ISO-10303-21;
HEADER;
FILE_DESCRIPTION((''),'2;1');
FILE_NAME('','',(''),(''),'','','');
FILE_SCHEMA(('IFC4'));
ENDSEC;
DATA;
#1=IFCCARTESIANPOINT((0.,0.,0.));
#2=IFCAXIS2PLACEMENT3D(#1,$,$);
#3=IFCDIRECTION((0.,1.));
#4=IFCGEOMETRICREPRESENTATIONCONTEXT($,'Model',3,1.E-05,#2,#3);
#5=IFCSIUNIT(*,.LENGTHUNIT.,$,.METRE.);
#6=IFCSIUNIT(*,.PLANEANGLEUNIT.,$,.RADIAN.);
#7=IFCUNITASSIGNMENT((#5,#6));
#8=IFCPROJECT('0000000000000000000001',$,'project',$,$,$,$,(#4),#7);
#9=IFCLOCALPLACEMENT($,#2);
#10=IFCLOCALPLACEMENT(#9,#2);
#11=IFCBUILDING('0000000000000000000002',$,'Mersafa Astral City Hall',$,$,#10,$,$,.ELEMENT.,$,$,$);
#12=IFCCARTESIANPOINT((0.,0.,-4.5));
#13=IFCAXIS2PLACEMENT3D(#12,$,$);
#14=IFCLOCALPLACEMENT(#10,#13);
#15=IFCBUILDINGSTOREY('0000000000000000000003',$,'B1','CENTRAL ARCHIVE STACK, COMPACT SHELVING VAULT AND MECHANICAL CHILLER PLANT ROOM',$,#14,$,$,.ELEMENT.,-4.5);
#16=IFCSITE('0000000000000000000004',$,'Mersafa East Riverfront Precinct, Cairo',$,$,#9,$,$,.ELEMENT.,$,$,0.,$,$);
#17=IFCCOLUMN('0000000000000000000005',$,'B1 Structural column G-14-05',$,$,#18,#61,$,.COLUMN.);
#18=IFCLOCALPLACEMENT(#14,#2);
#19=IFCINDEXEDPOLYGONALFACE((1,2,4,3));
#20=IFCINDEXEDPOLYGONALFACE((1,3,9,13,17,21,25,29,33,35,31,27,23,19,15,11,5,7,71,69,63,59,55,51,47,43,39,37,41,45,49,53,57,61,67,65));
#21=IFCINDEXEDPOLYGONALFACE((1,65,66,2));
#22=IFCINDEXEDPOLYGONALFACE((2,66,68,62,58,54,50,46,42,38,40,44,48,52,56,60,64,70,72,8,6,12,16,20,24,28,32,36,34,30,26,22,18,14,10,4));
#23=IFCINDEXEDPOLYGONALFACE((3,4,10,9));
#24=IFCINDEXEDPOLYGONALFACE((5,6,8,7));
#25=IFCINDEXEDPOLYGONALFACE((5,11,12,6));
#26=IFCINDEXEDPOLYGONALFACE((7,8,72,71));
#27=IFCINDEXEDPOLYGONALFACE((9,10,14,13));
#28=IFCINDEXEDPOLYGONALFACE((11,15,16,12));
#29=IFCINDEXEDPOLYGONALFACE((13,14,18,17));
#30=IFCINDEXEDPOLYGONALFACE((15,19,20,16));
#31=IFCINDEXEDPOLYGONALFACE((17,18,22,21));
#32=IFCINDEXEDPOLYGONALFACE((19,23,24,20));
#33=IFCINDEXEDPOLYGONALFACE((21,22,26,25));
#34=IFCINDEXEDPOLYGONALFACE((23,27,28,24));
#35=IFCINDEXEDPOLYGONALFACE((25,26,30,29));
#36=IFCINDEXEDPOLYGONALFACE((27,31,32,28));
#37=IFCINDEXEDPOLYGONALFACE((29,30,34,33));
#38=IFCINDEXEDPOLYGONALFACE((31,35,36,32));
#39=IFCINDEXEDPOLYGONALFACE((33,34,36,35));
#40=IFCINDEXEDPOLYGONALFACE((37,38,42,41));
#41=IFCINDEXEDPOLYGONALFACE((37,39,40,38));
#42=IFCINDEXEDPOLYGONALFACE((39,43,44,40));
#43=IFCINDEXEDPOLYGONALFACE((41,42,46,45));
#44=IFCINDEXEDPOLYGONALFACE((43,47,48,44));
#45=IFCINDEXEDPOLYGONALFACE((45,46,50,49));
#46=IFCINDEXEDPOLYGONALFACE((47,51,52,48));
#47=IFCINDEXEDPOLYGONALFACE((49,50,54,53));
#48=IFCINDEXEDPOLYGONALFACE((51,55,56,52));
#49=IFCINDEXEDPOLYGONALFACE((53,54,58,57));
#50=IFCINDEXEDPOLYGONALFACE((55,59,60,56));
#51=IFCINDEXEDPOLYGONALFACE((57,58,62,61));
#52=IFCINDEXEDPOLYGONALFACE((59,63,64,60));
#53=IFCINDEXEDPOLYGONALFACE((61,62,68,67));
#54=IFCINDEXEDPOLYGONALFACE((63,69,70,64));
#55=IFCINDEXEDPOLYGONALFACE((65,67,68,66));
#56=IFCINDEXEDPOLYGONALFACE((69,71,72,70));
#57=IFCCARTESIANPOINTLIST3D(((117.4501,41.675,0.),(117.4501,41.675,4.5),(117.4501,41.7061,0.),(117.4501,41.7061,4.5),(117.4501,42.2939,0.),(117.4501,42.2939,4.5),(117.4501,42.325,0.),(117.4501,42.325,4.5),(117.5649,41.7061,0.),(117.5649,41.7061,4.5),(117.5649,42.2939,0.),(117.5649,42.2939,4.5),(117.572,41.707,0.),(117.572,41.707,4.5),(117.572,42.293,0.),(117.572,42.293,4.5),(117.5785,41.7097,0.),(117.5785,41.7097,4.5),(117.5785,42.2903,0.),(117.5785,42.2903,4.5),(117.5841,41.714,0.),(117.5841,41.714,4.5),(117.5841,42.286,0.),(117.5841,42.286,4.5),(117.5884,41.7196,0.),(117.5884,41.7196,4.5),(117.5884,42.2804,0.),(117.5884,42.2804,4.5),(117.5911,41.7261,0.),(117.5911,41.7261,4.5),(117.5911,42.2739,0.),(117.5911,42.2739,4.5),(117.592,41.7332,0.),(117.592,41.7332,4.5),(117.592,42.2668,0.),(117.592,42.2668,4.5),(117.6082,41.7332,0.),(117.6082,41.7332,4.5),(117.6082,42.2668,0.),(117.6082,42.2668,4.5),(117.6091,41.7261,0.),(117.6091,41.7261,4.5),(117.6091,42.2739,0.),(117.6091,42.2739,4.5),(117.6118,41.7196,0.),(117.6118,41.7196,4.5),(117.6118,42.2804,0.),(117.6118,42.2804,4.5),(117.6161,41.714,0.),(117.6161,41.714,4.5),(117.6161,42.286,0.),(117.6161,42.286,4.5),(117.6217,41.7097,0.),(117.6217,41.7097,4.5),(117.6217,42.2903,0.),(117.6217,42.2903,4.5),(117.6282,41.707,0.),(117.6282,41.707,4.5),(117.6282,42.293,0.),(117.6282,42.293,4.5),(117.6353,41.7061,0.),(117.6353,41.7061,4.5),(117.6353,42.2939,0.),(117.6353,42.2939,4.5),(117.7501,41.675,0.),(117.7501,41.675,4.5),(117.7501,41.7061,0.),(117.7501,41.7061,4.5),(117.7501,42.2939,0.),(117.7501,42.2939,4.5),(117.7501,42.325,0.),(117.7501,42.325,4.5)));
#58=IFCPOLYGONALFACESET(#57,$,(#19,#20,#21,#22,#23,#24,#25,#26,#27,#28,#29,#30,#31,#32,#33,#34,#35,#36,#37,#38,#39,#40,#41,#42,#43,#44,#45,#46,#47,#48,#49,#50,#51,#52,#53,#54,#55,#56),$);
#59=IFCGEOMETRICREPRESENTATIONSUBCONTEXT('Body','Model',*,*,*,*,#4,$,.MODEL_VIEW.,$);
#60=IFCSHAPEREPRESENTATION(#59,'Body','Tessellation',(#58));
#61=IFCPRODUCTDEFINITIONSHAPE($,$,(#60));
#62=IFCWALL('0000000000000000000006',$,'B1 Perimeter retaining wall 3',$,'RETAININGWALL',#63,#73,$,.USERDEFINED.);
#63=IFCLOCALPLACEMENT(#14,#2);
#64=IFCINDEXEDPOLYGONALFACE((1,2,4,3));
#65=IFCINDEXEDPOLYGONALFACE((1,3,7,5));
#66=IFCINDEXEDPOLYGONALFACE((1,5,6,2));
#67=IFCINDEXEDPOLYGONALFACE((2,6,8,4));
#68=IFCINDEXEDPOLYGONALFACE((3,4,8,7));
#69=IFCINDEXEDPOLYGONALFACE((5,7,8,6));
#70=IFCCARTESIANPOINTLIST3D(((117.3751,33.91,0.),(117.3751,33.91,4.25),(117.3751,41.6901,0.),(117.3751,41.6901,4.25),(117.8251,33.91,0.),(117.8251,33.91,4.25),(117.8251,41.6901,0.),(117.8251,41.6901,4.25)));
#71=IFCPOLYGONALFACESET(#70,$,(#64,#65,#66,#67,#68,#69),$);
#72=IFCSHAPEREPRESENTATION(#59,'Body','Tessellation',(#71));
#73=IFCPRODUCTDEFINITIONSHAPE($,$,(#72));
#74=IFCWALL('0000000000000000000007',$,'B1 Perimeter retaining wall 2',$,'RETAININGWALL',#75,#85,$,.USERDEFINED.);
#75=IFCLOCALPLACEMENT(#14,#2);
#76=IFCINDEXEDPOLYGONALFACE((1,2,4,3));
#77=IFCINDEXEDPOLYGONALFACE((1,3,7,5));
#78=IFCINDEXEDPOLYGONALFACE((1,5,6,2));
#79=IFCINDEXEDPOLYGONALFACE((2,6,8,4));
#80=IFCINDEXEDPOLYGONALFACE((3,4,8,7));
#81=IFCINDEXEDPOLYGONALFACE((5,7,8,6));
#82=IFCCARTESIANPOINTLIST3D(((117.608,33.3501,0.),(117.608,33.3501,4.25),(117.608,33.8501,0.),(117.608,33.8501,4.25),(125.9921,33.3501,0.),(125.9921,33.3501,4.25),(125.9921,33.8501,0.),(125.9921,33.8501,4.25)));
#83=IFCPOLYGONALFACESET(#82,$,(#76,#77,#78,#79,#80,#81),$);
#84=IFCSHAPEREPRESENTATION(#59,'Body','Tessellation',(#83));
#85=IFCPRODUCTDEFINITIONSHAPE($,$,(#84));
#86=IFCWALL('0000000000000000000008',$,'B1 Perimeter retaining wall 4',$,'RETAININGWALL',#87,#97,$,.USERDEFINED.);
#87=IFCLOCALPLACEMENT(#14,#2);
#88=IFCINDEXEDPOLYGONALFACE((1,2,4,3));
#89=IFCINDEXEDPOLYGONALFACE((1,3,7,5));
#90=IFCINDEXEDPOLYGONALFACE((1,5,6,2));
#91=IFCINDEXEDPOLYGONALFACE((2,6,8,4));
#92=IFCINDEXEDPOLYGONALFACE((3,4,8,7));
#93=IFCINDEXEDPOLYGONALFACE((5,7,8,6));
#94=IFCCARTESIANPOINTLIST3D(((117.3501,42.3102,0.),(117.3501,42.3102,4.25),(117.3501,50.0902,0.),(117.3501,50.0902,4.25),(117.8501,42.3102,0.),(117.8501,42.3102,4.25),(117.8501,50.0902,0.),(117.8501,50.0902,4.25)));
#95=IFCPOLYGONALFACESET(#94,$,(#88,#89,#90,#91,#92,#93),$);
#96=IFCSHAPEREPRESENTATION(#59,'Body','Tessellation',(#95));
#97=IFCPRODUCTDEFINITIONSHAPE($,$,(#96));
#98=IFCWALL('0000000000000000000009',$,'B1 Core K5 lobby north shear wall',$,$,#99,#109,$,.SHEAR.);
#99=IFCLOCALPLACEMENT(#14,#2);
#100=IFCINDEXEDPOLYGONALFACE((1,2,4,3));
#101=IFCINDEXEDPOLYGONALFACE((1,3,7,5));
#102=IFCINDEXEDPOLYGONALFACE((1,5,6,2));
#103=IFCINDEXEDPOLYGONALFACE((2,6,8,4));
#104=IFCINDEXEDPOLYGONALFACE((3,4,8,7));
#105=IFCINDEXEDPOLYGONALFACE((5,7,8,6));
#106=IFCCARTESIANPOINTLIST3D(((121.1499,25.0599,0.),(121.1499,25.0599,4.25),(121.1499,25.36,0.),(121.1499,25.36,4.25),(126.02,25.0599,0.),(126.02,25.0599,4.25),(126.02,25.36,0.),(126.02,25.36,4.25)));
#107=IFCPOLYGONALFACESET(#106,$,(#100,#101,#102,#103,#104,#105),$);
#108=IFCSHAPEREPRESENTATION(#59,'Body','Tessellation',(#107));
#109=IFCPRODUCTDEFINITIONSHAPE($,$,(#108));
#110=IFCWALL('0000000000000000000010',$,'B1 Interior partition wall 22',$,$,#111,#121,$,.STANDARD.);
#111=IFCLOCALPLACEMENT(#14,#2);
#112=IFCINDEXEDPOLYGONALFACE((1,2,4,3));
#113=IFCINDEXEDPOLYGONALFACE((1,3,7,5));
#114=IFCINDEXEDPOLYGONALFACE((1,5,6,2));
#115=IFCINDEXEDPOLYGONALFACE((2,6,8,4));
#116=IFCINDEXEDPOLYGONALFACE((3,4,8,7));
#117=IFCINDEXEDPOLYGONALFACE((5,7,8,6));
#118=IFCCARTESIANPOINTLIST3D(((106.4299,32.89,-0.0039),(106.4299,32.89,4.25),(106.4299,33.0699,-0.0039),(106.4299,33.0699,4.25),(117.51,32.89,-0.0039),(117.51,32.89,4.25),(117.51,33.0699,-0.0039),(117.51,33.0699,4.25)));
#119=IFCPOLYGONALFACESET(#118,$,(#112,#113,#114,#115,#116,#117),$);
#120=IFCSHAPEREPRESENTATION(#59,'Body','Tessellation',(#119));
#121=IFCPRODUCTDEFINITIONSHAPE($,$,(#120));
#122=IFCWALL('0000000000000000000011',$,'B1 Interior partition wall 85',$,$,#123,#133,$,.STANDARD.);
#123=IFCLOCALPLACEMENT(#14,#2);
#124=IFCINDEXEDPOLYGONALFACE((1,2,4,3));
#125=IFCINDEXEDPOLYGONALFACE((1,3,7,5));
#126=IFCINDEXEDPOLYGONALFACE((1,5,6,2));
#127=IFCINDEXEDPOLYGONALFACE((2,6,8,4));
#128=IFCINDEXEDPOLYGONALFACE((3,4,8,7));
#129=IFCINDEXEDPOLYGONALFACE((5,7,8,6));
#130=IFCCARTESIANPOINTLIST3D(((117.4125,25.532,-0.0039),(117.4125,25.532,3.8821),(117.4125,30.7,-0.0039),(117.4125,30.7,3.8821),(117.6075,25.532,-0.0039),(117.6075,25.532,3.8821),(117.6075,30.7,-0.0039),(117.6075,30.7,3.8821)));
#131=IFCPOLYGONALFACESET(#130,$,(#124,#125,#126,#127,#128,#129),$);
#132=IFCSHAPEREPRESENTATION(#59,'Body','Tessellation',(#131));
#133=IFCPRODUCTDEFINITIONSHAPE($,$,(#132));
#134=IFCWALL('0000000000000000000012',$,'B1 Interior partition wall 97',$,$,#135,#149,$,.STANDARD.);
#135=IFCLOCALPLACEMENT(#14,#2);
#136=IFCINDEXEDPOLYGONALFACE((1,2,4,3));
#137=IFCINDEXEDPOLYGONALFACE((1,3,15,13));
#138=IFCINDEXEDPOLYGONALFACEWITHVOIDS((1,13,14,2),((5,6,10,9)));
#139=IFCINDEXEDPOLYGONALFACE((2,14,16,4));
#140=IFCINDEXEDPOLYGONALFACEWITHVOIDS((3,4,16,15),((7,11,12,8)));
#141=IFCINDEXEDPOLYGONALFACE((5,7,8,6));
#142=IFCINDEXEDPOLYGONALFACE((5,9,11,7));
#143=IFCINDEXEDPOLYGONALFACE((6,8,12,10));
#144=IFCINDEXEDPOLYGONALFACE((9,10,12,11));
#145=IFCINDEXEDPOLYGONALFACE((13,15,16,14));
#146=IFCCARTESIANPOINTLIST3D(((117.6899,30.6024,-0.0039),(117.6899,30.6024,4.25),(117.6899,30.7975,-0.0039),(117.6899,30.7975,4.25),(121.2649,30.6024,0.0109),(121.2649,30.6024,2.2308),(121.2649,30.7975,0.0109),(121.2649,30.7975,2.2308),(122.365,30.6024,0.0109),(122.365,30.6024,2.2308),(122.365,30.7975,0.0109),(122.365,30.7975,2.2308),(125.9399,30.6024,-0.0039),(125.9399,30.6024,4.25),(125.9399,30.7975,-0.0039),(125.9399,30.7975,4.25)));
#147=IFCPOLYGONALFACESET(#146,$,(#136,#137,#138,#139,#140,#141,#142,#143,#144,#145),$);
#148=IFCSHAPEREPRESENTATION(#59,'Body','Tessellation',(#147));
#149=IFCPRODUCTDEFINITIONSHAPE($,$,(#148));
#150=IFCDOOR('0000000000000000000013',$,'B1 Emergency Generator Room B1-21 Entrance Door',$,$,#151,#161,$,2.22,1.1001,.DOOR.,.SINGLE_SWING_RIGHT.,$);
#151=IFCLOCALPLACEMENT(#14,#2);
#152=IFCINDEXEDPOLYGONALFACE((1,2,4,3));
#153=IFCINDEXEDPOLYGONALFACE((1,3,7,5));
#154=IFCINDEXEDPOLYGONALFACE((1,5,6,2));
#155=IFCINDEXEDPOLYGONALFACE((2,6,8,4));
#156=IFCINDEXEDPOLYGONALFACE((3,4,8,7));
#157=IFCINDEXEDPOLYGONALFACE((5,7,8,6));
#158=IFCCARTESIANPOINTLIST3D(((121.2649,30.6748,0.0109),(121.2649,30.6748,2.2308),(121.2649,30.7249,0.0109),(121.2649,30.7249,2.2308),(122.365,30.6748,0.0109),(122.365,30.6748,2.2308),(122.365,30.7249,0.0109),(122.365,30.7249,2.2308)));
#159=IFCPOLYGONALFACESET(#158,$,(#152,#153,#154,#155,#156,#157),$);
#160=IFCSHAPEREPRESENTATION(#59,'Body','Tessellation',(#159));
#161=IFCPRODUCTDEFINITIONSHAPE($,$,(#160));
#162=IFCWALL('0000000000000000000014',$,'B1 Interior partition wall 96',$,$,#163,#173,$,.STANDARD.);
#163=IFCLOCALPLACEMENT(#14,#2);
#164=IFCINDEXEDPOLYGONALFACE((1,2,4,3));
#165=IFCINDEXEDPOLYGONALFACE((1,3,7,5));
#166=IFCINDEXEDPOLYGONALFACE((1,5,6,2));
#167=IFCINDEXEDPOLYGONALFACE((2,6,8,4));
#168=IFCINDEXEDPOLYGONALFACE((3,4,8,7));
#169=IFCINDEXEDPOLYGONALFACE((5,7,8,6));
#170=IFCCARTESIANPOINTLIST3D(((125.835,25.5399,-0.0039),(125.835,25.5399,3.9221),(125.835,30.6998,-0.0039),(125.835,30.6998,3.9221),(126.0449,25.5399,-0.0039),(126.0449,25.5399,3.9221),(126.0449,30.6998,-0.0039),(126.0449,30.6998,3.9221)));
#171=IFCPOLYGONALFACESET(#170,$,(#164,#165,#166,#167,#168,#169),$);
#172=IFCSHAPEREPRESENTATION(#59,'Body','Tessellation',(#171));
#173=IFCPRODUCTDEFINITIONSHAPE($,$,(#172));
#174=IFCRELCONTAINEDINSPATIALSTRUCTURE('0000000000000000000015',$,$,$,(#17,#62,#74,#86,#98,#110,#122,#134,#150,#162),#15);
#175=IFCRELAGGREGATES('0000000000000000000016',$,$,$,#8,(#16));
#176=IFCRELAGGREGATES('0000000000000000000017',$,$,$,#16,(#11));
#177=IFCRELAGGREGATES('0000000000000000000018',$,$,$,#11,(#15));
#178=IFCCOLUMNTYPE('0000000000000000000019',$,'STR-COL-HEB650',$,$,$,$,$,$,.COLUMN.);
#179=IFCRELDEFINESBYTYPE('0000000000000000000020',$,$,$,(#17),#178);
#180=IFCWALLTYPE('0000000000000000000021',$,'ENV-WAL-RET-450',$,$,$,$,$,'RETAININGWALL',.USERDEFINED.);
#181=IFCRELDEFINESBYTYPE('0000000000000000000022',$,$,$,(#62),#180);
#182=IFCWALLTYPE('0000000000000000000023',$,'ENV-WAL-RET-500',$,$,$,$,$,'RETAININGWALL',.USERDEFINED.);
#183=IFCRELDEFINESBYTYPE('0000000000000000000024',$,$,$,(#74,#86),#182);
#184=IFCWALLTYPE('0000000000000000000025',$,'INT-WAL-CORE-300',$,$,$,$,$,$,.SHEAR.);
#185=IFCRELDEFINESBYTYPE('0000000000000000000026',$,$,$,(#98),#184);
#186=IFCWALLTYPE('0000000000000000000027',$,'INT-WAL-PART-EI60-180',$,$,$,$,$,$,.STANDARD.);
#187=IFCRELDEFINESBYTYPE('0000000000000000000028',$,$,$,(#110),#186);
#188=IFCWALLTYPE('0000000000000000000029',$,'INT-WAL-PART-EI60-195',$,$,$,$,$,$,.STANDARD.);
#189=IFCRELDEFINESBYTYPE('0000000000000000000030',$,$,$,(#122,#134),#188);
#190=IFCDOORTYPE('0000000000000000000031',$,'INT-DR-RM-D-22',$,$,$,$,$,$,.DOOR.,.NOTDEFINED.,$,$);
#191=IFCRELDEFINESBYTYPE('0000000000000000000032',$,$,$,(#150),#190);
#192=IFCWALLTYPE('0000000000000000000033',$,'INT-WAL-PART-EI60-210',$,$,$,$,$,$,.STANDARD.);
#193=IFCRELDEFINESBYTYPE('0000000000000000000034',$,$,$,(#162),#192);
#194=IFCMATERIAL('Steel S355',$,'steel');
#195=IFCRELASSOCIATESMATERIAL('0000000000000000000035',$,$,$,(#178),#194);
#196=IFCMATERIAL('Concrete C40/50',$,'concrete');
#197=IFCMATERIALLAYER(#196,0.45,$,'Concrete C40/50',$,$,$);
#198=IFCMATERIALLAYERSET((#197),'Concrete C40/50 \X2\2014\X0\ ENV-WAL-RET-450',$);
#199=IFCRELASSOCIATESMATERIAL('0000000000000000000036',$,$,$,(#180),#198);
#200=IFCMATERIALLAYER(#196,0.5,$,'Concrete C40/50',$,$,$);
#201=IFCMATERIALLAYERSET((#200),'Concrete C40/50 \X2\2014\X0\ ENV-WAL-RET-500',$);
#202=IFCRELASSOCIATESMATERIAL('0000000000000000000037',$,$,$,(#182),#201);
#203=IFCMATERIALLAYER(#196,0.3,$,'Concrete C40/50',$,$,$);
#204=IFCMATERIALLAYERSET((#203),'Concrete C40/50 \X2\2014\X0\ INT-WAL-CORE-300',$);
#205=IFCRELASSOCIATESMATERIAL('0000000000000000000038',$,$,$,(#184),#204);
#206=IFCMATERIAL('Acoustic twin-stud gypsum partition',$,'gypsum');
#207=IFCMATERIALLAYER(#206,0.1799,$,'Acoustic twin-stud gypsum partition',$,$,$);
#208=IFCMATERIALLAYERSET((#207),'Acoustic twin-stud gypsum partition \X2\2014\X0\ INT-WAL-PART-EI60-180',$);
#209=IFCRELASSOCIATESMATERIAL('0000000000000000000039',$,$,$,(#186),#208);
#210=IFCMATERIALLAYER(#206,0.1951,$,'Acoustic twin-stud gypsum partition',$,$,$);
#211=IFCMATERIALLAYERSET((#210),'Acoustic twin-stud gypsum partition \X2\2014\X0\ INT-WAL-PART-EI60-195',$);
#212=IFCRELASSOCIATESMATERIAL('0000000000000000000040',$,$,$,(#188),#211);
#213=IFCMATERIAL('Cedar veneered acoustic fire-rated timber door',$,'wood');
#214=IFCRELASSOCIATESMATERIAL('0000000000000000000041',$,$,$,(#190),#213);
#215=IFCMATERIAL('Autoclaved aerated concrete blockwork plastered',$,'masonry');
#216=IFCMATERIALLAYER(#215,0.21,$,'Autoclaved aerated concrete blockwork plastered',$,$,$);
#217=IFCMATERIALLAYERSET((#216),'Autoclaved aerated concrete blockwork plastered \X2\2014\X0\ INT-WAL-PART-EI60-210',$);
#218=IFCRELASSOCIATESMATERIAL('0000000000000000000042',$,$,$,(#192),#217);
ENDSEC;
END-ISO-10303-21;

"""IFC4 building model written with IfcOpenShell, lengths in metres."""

from ifc_helpers import new_model, si_unit, direction, frame, frame_2d, origin, origin_2d, place, context, subcontext, project, spatial, rectangle, i_section, extrude, material, layer, layer_set, material_profile, profile_set, type_object, element, fill, save


model = new_model("IFC4")

# Units and contexts
model_context = context("Model", 3, precision=1e-05, world=origin(), true_north=direction((0.0, 1.0)))
body_context = subcontext(model_context, "Body", "Model", "MODEL_VIEW")
ifc_project = project(units=[si_unit("LENGTHUNIT", "METRE"), si_unit("PLANEANGLEUNIT", "RADIAN")], contexts=[model_context])

# Site, building, storey
site_placement = place(None, origin())
site = spatial("IfcSite", under=ifc_project, at=site_placement, Name="Mersafa East Riverfront Precinct, Cairo", CompositionType="ELEMENT", RefElevation=0.0)
building_placement = place(site_placement, origin())
building = spatial("IfcBuilding", under=site, at=building_placement, Name="Mersafa Astral City Hall", CompositionType="ELEMENT")
storey_placement = place(building_placement, frame((0.0, 0.0, -4.5)))
storey = spatial("IfcBuildingStorey", under=building, at=storey_placement, Name="B1", Description="CENTRAL ARCHIVE STACK, COMPACT SHELVING VAULT AND MECHANICAL CHILLER PLANT ROOM", CompositionType="ELEMENT", Elevation=-4.5)

# Shared definitions
ifc_material_1 = material(Name="Concrete C40/50", Category="concrete")

# Column
ifc_material_2 = material(Name="Steel S355", Category="steel")
ifc_material_profile_1 = material_profile(ifc_material_2, i_section(OverallWidth=0.3, OverallDepth=0.6499, WebThickness=0.0161, FlangeThickness=0.031, FilletRadius=0.0271, at=origin_2d()), Name="HEB 650")
ifc_profile_set_1 = profile_set([ifc_material_profile_1], Name="Steel S355")
column_type_1 = type_object("IfcColumnType", Name="STR-COL-HEB650", PredefinedType="COLUMN", material=ifc_profile_set_1)
for number, where, z_axis, x_axis, name in (
    (1, (117.6001, 42.0, 0.0), (0.0, 0.0, 1.0), (1.0, 0.0, 0.0), "B1 Structural column G-14-05"),
):
    element("IfcColumn", number, at=place(storey_placement, frame(where, z_axis=z_axis, x_axis=x_axis)), inside=storey, type_object=column_type_1, Name=name, PredefinedType="COLUMN", context=body_context, shape_type="SweptSolid", body=[
        extrude(i_section(OverallWidth=0.3, OverallDepth=0.6499, WebThickness=0.0161, FlangeThickness=0.031, FilletRadius=0.0271, at=origin_2d()), origin(), (0.0, 0.0, 1.0), 4.5),
    ])

# Walls
ifc_layer_1 = layer(ifc_material_1, 0.45, Name="Concrete C40/50")
ifc_layer_set_1 = layer_set([ifc_layer_1], Name="Concrete C40/50 — ENV-WAL-RET-450")
wall_type_1 = type_object("IfcWallType", Name="ENV-WAL-RET-450", ElementType="RETAININGWALL", PredefinedType="USERDEFINED", material=ifc_layer_set_1)
wall_1_placement = place(storey_placement, frame((117.6001, 33.9099, 0.0), z_axis=(0.0, 0.0, 1.0), x_axis=(0.0, 1.0, 0.0)))
element("IfcWall", 2, at=wall_1_placement, inside=storey, type_object=wall_type_1, Name="B1 Perimeter retaining wall 3", ObjectType="RETAININGWALL", PredefinedType="USERDEFINED", context=body_context, shape_type="SweptSolid", body=[
    extrude(rectangle(XDim=7.78, YDim=0.45, at=frame_2d((3.8901, 0.0))), origin(), (0.0, 0.0, 1.0), 4.25),
])
ifc_layer_2 = layer(ifc_material_1, 0.5, Name="Concrete C40/50")
ifc_layer_set_2 = layer_set([ifc_layer_2], Name="Concrete C40/50 — ENV-WAL-RET-500")
wall_type_2 = type_object("IfcWallType", Name="ENV-WAL-RET-500", ElementType="RETAININGWALL", PredefinedType="USERDEFINED", material=ifc_layer_set_2)
wall_2_placement = place(storey_placement, frame((125.9919, 33.6001, 0.0), z_axis=(0.0, 0.0, 1.0), x_axis=(-1.0, 0.0, 0.0)))
element("IfcWall", 3, at=wall_2_placement, inside=storey, type_object=wall_type_2, Name="B1 Perimeter retaining wall 2", ObjectType="RETAININGWALL", PredefinedType="USERDEFINED", context=body_context, shape_type="SweptSolid", body=[
    extrude(rectangle(XDim=8.384, YDim=0.5, at=frame_2d((4.1919, 0.0))), origin(), (0.0, 0.0, 1.0), 4.25),
])
wall_3_placement = place(storey_placement, frame((117.6001, 42.3101, 0.0), z_axis=(0.0, 0.0, 1.0), x_axis=(0.0, 1.0, 0.0)))
element("IfcWall", 4, at=wall_3_placement, inside=storey, type_object=wall_type_2, Name="B1 Perimeter retaining wall 4", ObjectType="RETAININGWALL", PredefinedType="USERDEFINED", context=body_context, shape_type="SweptSolid", body=[
    extrude(rectangle(XDim=7.78, YDim=0.5, at=frame_2d((3.8901, 0.0))), origin(), (0.0, 0.0, 1.0), 4.25),
])
ifc_layer_3 = layer(ifc_material_1, 0.3, Name="Concrete C40/50")
ifc_layer_set_3 = layer_set([ifc_layer_3], Name="Concrete C40/50 — INT-WAL-CORE-300")
wall_type_3 = type_object("IfcWallType", Name="INT-WAL-CORE-300", PredefinedType="SHEAR", material=ifc_layer_set_3)
wall_4_placement = place(storey_placement, frame((121.1499, 25.21, 0.0), z_axis=(0.0, 0.0, 1.0), x_axis=(1.0, 0.0, 0.0)))
element("IfcWall", 5, at=wall_4_placement, inside=storey, type_object=wall_type_3, Name="B1 Core K5 lobby north shear wall", PredefinedType="SHEAR", context=body_context, shape_type="SweptSolid", body=[
    extrude(rectangle(XDim=4.8701, YDim=0.3, at=frame_2d((2.4351, 0.0))), origin(), (0.0, 0.0, 1.0), 4.25),
])
ifc_material_3 = material(Name="Acoustic twin-stud gypsum partition", Category="gypsum")
ifc_layer_4 = layer(ifc_material_3, 0.1799, Name="Acoustic twin-stud gypsum partition")
ifc_layer_set_4 = layer_set([ifc_layer_4], Name="Acoustic twin-stud gypsum partition — INT-WAL-PART-EI60-180")
wall_type_4 = type_object("IfcWallType", Name="INT-WAL-PART-EI60-180", PredefinedType="STANDARD", material=ifc_layer_set_4)
wall_5_placement = place(storey_placement, frame((117.51, 32.98, -0.0039), z_axis=(0.0, 0.0, 1.0), x_axis=(-1.0, 0.0, 0.0)))
element("IfcWall", 6, at=wall_5_placement, inside=storey, type_object=wall_type_4, Name="B1 Interior partition wall 22", PredefinedType="STANDARD", context=body_context, shape_type="SweptSolid", body=[
    extrude(rectangle(XDim=11.0801, YDim=0.1799, at=frame_2d((5.54, 0.0))), origin(), (0.0, 0.0, 1.0), 4.2539),
])
ifc_layer_5 = layer(ifc_material_3, 0.1951, Name="Acoustic twin-stud gypsum partition")
ifc_layer_set_5 = layer_set([ifc_layer_5], Name="Acoustic twin-stud gypsum partition — INT-WAL-PART-EI60-195")
wall_type_5 = type_object("IfcWallType", Name="INT-WAL-PART-EI60-195", PredefinedType="STANDARD", material=ifc_layer_set_5)
wall_6_placement = place(storey_placement, frame((117.51, 30.7, -0.0039), z_axis=(0.0, 0.0, 1.0), x_axis=(0.0, -1.0, 0.0)))
element("IfcWall", 7, at=wall_6_placement, inside=storey, type_object=wall_type_5, Name="B1 Interior partition wall 85", PredefinedType="STANDARD", context=body_context, shape_type="SweptSolid", body=[
    extrude(rectangle(XDim=5.168, YDim=0.1951, at=frame_2d((2.584, 0.0))), origin(), (0.0, 0.0, 1.0), 3.886),
])

# Wall, opening, door
wall_7_placement = place(storey_placement, frame((117.6899, 30.7, -0.0039), z_axis=(0.0, 0.0, 1.0), x_axis=(1.0, 0.0, 0.0)))
wall_7 = element("IfcWall", 8, at=wall_7_placement, inside=storey, type_object=wall_type_5, Name="B1 Interior partition wall 97", PredefinedType="STANDARD", context=body_context, shape_type="SweptSolid", body=[
    extrude(rectangle(XDim=8.25, YDim=0.1951, at=frame_2d((4.125, 0.0))), origin(), (0.0, 0.0, 1.0), 4.2539),
])
opening_placement = place(wall_7_placement, frame((3.575, 0.0, 0.0149)))
opening = element("IfcOpeningElement", 9, at=opening_placement, cuts=wall_7, PredefinedType="OPENING", context=body_context, shape_type="SweptSolid", body=[
    extrude(rectangle(XDim=1.1001, YDim=2.22, at=frame_2d((0.55, 1.1099))), frame((0.0, 0.1074, 0.0), z_axis=(0.0, -1.0, 0.0), x_axis=(1.0, 0.0, 0.0)), (0.0, 0.0, 1.0), 0.2151),
])
ifc_material_4 = material(Name="Cedar veneered acoustic fire-rated timber door", Category="wood")
door_type = type_object("IfcDoorType", Name="INT-DR-RM-D-22", OperationType="NOTDEFINED", PredefinedType="DOOR", material=ifc_material_4)
door_placement = place(opening_placement, origin())
door = element("IfcDoor", 10, at=door_placement, inside=storey, type_object=door_type, Name="B1 Emergency Generator Room B1-21 Entrance Door", OperationType="SINGLE_SWING_RIGHT", OverallHeight=2.22, OverallWidth=1.1001, PredefinedType="DOOR", context=body_context, shape_type="SweptSolid", body=[
    extrude(rectangle(XDim=1.1001, YDim=2.22, at=frame_2d((0.55, 1.1099))), frame((0.0, 0.0249, 0.0), z_axis=(0.0, -1.0, 0.0), x_axis=(1.0, 0.0, 0.0)), (0.0, 0.0, 1.0), 0.05),
])
fill(opening, door)

# Wall
ifc_material_5 = material(Name="Autoclaved aerated concrete blockwork plastered", Category="masonry")
ifc_layer_6 = layer(ifc_material_5, 0.21, Name="Autoclaved aerated concrete blockwork plastered")
ifc_layer_set_6 = layer_set([ifc_layer_6], Name="Autoclaved aerated concrete blockwork plastered — INT-WAL-PART-EI60-210")
wall_type_6 = type_object("IfcWallType", Name="INT-WAL-PART-EI60-210", PredefinedType="STANDARD", material=ifc_layer_set_6)
wall_8_placement = place(storey_placement, frame((125.9399, 30.7, -0.0039), z_axis=(0.0, 0.0, 1.0), x_axis=(0.0, -1.0, 0.0)))
element("IfcWall", 11, at=wall_8_placement, inside=storey, type_object=wall_type_6, Name="B1 Interior partition wall 96", PredefinedType="STANDARD", context=body_context, shape_type="SweptSolid", body=[
    extrude(rectangle(XDim=5.1599, YDim=0.21, at=frame_2d((2.5801, 0.0))), origin(), (0.0, 0.0, 1.0), 3.926),
])

save(model, "model.ifc")
